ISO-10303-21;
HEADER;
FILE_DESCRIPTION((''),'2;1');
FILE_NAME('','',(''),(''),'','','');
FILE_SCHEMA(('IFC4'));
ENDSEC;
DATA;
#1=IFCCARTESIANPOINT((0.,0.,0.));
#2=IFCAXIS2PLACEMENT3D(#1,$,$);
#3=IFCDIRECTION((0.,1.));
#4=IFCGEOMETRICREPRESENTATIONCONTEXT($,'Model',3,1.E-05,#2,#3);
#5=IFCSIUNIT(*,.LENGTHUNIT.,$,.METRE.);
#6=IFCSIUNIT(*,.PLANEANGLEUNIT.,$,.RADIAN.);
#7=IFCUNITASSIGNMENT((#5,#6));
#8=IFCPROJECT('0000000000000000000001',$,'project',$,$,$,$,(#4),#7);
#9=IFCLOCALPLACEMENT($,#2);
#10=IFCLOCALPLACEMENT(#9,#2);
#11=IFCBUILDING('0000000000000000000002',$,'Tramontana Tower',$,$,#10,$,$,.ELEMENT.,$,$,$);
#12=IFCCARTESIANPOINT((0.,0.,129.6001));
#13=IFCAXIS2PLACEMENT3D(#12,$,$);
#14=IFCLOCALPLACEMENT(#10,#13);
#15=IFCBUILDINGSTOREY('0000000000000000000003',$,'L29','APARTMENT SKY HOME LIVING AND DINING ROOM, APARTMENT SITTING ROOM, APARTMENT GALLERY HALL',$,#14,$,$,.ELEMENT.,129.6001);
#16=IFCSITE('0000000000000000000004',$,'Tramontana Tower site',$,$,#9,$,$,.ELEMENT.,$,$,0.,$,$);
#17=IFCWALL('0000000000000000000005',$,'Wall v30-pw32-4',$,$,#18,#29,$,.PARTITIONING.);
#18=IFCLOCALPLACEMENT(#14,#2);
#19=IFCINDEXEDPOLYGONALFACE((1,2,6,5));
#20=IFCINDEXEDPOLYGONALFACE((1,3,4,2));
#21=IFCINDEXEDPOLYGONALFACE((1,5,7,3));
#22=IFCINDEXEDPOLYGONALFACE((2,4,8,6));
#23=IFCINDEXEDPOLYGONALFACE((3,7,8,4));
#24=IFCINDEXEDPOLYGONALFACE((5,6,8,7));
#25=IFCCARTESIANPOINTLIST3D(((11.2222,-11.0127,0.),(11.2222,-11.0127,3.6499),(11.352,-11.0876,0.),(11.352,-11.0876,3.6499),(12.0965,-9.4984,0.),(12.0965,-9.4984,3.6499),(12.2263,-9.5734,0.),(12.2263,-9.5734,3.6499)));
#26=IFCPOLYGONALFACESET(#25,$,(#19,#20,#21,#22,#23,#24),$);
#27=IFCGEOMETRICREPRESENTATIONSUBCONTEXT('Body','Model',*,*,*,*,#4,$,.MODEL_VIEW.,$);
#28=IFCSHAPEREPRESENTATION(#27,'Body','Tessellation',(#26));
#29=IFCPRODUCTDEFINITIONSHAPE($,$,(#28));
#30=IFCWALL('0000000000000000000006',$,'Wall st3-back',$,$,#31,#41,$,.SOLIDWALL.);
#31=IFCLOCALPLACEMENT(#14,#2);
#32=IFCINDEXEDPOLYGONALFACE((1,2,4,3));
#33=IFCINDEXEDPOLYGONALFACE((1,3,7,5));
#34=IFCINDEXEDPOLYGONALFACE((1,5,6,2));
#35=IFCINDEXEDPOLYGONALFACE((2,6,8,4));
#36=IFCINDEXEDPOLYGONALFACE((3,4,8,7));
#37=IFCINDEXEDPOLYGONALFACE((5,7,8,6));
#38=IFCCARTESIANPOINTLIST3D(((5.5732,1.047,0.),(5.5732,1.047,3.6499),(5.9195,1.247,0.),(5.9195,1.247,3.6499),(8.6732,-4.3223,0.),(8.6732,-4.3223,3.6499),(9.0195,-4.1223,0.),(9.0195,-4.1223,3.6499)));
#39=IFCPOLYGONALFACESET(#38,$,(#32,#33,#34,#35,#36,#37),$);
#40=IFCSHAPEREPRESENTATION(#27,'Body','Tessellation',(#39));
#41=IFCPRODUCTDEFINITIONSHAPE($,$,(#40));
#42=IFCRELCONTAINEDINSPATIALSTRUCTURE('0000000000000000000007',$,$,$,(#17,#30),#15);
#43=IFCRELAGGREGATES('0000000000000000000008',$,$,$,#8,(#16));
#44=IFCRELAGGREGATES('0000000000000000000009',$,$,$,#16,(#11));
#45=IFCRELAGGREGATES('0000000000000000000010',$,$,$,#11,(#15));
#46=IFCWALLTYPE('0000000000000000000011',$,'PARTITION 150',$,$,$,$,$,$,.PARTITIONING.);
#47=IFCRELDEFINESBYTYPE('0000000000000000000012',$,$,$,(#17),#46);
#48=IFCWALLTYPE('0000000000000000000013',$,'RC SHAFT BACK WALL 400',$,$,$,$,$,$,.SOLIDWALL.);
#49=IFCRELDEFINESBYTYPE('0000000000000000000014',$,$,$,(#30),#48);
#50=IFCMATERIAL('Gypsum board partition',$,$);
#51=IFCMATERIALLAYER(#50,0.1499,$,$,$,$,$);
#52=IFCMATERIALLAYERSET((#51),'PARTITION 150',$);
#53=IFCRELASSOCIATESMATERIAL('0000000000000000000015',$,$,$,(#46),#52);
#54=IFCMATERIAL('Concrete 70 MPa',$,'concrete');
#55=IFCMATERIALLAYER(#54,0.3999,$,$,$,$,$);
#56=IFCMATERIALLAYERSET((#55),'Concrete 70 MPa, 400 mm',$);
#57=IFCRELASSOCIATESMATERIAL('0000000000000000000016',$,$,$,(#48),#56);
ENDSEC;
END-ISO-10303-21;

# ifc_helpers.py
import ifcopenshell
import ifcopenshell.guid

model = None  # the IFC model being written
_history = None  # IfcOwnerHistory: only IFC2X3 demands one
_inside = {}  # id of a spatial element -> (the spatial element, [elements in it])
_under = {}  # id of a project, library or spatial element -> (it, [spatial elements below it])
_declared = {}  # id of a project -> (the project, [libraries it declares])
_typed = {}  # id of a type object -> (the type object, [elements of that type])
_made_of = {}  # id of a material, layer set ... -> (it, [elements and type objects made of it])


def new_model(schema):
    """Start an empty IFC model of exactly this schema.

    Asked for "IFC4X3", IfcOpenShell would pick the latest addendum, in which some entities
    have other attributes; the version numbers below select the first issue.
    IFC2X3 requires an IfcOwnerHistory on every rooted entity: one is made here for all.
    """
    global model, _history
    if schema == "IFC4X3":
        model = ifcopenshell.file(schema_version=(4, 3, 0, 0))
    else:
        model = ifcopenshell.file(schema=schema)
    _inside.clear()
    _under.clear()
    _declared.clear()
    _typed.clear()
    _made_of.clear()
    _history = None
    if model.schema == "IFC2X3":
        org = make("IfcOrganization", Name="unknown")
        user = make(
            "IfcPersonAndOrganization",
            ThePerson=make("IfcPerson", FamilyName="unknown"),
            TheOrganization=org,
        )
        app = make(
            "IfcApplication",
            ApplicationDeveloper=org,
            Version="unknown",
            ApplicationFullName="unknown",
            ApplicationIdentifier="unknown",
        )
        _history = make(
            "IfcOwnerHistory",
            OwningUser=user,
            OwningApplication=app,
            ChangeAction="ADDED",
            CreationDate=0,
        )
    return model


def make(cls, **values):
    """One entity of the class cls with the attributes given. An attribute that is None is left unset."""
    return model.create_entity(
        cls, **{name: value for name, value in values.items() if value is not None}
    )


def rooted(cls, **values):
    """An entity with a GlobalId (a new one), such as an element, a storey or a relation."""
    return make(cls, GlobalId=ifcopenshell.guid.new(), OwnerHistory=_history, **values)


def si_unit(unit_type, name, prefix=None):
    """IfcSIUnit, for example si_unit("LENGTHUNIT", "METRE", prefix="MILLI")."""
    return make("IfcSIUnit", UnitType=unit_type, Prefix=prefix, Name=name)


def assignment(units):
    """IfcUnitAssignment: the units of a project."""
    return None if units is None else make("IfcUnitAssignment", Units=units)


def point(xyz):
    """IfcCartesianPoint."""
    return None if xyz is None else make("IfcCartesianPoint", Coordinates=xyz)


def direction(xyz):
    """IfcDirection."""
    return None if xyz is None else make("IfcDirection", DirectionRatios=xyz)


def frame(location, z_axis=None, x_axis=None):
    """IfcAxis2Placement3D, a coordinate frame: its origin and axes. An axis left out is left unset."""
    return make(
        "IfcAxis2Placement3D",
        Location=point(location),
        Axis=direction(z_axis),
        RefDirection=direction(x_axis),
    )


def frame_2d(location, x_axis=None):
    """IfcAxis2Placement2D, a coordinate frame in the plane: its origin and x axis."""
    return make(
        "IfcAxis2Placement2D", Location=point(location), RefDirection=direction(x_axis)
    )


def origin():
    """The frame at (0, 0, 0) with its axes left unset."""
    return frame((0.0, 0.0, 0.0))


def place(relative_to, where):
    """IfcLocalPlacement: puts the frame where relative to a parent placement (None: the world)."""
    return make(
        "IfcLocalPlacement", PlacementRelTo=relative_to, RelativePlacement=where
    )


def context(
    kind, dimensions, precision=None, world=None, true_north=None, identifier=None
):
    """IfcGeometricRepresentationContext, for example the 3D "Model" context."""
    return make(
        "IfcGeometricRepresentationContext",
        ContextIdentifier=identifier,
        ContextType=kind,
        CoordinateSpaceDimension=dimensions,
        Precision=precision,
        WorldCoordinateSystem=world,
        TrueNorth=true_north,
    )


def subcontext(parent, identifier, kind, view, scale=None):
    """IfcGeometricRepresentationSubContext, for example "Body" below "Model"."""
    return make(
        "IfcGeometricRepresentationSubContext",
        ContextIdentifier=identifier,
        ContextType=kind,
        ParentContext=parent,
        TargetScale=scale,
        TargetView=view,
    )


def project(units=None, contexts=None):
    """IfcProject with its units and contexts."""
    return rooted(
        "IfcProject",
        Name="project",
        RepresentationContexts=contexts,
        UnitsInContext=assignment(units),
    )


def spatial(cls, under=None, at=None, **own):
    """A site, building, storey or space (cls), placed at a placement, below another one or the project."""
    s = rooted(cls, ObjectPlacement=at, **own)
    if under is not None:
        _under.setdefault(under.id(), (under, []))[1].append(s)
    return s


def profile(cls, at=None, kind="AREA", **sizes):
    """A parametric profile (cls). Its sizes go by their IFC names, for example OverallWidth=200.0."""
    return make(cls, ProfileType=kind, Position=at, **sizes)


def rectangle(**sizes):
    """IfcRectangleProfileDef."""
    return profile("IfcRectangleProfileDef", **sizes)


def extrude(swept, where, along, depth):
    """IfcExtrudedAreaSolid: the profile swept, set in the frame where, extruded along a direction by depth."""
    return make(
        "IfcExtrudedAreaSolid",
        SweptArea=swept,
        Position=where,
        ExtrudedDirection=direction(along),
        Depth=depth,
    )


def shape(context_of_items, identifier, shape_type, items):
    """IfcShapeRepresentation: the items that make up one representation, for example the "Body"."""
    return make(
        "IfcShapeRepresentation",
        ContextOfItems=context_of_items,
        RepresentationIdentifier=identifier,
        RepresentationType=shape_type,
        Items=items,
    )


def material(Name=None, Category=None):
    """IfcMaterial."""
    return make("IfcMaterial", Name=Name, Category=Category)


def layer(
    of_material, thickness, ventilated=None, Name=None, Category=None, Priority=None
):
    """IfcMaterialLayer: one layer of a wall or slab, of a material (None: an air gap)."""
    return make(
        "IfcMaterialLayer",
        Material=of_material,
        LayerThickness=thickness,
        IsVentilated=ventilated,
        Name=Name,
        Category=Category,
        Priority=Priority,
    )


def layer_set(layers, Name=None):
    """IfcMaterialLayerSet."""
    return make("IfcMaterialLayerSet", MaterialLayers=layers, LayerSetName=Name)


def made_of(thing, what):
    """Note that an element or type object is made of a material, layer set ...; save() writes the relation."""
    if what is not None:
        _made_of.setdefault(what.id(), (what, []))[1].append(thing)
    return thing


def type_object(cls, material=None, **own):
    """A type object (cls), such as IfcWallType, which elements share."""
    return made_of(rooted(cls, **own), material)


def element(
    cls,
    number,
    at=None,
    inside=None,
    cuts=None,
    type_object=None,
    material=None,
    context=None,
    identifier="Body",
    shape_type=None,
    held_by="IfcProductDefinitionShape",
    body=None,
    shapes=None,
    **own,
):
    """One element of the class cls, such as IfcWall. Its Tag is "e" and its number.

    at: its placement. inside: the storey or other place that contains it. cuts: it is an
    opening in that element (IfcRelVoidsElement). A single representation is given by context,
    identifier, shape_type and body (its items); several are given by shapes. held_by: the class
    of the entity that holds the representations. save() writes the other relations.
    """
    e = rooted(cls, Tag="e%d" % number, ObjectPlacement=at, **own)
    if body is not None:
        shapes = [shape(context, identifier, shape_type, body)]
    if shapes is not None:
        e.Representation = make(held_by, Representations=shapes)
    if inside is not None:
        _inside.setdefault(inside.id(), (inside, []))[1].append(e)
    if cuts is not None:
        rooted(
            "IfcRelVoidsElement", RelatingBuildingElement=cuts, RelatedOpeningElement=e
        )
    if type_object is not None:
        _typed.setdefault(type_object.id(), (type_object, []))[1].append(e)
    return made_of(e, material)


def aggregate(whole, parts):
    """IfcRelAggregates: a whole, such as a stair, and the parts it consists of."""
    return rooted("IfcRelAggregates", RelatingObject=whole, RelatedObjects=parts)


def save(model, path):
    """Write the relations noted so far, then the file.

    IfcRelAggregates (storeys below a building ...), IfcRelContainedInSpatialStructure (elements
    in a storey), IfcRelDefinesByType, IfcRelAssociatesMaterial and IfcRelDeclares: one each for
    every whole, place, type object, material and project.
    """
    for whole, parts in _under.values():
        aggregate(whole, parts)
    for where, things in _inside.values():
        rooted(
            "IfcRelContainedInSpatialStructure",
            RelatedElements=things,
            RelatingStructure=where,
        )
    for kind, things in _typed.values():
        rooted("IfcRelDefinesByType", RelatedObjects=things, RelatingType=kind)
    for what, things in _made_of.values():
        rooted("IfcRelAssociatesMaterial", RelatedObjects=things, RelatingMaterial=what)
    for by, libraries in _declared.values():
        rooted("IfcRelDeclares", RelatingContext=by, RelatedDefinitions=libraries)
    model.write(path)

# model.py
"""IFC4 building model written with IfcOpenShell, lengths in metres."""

from ifc_helpers import new_model, si_unit, direction, frame, frame_2d, origin, place, context, subcontext, project, spatial, rectangle, extrude, material, layer, layer_set, type_object, element, save


model = new_model("IFC4")

# Units and contexts
model_context = context("Model", 3, precision=1e-05, world=origin(), true_north=direction((0.0, 1.0)))
body_context = subcontext(model_context, "Body", "Model", "MODEL_VIEW")
ifc_project = project(units=[si_unit("LENGTHUNIT", "METRE"), si_unit("PLANEANGLEUNIT", "RADIAN")], contexts=[model_context])

# Site, building, storey
site_placement = place(None, origin())
site = spatial("IfcSite", under=ifc_project, at=site_placement, Name="Tramontana Tower site", CompositionType="ELEMENT", RefElevation=0.0)
building_placement = place(site_placement, origin())
building = spatial("IfcBuilding", under=site, at=building_placement, Name="Tramontana Tower", CompositionType="ELEMENT")
storey_placement = place(building_placement, frame((0.0, 0.0, 129.6001)))
storey = spatial("IfcBuildingStorey", under=building, at=storey_placement, Name="L29", Description="APARTMENT SKY HOME LIVING AND DINING ROOM, APARTMENT SITTING ROOM, APARTMENT GALLERY HALL", CompositionType="ELEMENT", Elevation=129.6001)

# Shared definitions
ifc_material_1 = material(Name="Gypsum board partition")
ifc_layer_1 = layer(ifc_material_1, 0.1499)
ifc_layer_set_1 = layer_set([ifc_layer_1], Name="PARTITION 150")
wall_type_1 = type_object("IfcWallType", Name="PARTITION 150", PredefinedType="PARTITIONING", material=ifc_layer_set_1)

# Walls
wall_1_placement = place(storey_placement, frame((12.1614, -9.5359, 0.0), z_axis=(0.0, 0.0, 1.0), x_axis=(-0.500029, -0.866009, 0.0)))
element("IfcWall", 1, at=wall_1_placement, inside=storey, type_object=wall_type_1, Name="Wall v30-pw32-4", PredefinedType="PARTITIONING", context=body_context, shape_type="SweptSolid", body=[
    extrude(rectangle(XDim=1.7485, YDim=0.1499, at=frame_2d((0.8743, 0.0))), origin(), (0.0, 0.0, 1.0), 3.6499),
])
ifc_material_2 = material(Name="Concrete 70 MPa", Category="concrete")
ifc_layer_2 = layer(ifc_material_2, 0.3999)
ifc_layer_set_2 = layer_set([ifc_layer_2], Name="Concrete 70 MPa, 400 mm")
wall_type_2 = type_object("IfcWallType", Name="RC SHAFT BACK WALL 400", PredefinedType="SOLIDWALL", material=ifc_layer_set_2)
wall_2_placement = place(storey_placement, frame((8.8464, -4.2224, 0.0), z_axis=(0.0, 0.0, 1.0), x_axis=(-0.50001, 0.86602, 0.0)))
element("IfcWall", 2, at=wall_2_placement, inside=storey, type_object=wall_type_2, Name="Wall st3-back", PredefinedType="SOLIDWALL", context=body_context, shape_type="SweptSolid", body=[
    extrude(rectangle(XDim=6.2, YDim=0.3999, at=frame_2d((3.1001, 0.0))), origin(), (0.0, 0.0, 1.0), 3.6499),
])

save(model, "model.ifc")
